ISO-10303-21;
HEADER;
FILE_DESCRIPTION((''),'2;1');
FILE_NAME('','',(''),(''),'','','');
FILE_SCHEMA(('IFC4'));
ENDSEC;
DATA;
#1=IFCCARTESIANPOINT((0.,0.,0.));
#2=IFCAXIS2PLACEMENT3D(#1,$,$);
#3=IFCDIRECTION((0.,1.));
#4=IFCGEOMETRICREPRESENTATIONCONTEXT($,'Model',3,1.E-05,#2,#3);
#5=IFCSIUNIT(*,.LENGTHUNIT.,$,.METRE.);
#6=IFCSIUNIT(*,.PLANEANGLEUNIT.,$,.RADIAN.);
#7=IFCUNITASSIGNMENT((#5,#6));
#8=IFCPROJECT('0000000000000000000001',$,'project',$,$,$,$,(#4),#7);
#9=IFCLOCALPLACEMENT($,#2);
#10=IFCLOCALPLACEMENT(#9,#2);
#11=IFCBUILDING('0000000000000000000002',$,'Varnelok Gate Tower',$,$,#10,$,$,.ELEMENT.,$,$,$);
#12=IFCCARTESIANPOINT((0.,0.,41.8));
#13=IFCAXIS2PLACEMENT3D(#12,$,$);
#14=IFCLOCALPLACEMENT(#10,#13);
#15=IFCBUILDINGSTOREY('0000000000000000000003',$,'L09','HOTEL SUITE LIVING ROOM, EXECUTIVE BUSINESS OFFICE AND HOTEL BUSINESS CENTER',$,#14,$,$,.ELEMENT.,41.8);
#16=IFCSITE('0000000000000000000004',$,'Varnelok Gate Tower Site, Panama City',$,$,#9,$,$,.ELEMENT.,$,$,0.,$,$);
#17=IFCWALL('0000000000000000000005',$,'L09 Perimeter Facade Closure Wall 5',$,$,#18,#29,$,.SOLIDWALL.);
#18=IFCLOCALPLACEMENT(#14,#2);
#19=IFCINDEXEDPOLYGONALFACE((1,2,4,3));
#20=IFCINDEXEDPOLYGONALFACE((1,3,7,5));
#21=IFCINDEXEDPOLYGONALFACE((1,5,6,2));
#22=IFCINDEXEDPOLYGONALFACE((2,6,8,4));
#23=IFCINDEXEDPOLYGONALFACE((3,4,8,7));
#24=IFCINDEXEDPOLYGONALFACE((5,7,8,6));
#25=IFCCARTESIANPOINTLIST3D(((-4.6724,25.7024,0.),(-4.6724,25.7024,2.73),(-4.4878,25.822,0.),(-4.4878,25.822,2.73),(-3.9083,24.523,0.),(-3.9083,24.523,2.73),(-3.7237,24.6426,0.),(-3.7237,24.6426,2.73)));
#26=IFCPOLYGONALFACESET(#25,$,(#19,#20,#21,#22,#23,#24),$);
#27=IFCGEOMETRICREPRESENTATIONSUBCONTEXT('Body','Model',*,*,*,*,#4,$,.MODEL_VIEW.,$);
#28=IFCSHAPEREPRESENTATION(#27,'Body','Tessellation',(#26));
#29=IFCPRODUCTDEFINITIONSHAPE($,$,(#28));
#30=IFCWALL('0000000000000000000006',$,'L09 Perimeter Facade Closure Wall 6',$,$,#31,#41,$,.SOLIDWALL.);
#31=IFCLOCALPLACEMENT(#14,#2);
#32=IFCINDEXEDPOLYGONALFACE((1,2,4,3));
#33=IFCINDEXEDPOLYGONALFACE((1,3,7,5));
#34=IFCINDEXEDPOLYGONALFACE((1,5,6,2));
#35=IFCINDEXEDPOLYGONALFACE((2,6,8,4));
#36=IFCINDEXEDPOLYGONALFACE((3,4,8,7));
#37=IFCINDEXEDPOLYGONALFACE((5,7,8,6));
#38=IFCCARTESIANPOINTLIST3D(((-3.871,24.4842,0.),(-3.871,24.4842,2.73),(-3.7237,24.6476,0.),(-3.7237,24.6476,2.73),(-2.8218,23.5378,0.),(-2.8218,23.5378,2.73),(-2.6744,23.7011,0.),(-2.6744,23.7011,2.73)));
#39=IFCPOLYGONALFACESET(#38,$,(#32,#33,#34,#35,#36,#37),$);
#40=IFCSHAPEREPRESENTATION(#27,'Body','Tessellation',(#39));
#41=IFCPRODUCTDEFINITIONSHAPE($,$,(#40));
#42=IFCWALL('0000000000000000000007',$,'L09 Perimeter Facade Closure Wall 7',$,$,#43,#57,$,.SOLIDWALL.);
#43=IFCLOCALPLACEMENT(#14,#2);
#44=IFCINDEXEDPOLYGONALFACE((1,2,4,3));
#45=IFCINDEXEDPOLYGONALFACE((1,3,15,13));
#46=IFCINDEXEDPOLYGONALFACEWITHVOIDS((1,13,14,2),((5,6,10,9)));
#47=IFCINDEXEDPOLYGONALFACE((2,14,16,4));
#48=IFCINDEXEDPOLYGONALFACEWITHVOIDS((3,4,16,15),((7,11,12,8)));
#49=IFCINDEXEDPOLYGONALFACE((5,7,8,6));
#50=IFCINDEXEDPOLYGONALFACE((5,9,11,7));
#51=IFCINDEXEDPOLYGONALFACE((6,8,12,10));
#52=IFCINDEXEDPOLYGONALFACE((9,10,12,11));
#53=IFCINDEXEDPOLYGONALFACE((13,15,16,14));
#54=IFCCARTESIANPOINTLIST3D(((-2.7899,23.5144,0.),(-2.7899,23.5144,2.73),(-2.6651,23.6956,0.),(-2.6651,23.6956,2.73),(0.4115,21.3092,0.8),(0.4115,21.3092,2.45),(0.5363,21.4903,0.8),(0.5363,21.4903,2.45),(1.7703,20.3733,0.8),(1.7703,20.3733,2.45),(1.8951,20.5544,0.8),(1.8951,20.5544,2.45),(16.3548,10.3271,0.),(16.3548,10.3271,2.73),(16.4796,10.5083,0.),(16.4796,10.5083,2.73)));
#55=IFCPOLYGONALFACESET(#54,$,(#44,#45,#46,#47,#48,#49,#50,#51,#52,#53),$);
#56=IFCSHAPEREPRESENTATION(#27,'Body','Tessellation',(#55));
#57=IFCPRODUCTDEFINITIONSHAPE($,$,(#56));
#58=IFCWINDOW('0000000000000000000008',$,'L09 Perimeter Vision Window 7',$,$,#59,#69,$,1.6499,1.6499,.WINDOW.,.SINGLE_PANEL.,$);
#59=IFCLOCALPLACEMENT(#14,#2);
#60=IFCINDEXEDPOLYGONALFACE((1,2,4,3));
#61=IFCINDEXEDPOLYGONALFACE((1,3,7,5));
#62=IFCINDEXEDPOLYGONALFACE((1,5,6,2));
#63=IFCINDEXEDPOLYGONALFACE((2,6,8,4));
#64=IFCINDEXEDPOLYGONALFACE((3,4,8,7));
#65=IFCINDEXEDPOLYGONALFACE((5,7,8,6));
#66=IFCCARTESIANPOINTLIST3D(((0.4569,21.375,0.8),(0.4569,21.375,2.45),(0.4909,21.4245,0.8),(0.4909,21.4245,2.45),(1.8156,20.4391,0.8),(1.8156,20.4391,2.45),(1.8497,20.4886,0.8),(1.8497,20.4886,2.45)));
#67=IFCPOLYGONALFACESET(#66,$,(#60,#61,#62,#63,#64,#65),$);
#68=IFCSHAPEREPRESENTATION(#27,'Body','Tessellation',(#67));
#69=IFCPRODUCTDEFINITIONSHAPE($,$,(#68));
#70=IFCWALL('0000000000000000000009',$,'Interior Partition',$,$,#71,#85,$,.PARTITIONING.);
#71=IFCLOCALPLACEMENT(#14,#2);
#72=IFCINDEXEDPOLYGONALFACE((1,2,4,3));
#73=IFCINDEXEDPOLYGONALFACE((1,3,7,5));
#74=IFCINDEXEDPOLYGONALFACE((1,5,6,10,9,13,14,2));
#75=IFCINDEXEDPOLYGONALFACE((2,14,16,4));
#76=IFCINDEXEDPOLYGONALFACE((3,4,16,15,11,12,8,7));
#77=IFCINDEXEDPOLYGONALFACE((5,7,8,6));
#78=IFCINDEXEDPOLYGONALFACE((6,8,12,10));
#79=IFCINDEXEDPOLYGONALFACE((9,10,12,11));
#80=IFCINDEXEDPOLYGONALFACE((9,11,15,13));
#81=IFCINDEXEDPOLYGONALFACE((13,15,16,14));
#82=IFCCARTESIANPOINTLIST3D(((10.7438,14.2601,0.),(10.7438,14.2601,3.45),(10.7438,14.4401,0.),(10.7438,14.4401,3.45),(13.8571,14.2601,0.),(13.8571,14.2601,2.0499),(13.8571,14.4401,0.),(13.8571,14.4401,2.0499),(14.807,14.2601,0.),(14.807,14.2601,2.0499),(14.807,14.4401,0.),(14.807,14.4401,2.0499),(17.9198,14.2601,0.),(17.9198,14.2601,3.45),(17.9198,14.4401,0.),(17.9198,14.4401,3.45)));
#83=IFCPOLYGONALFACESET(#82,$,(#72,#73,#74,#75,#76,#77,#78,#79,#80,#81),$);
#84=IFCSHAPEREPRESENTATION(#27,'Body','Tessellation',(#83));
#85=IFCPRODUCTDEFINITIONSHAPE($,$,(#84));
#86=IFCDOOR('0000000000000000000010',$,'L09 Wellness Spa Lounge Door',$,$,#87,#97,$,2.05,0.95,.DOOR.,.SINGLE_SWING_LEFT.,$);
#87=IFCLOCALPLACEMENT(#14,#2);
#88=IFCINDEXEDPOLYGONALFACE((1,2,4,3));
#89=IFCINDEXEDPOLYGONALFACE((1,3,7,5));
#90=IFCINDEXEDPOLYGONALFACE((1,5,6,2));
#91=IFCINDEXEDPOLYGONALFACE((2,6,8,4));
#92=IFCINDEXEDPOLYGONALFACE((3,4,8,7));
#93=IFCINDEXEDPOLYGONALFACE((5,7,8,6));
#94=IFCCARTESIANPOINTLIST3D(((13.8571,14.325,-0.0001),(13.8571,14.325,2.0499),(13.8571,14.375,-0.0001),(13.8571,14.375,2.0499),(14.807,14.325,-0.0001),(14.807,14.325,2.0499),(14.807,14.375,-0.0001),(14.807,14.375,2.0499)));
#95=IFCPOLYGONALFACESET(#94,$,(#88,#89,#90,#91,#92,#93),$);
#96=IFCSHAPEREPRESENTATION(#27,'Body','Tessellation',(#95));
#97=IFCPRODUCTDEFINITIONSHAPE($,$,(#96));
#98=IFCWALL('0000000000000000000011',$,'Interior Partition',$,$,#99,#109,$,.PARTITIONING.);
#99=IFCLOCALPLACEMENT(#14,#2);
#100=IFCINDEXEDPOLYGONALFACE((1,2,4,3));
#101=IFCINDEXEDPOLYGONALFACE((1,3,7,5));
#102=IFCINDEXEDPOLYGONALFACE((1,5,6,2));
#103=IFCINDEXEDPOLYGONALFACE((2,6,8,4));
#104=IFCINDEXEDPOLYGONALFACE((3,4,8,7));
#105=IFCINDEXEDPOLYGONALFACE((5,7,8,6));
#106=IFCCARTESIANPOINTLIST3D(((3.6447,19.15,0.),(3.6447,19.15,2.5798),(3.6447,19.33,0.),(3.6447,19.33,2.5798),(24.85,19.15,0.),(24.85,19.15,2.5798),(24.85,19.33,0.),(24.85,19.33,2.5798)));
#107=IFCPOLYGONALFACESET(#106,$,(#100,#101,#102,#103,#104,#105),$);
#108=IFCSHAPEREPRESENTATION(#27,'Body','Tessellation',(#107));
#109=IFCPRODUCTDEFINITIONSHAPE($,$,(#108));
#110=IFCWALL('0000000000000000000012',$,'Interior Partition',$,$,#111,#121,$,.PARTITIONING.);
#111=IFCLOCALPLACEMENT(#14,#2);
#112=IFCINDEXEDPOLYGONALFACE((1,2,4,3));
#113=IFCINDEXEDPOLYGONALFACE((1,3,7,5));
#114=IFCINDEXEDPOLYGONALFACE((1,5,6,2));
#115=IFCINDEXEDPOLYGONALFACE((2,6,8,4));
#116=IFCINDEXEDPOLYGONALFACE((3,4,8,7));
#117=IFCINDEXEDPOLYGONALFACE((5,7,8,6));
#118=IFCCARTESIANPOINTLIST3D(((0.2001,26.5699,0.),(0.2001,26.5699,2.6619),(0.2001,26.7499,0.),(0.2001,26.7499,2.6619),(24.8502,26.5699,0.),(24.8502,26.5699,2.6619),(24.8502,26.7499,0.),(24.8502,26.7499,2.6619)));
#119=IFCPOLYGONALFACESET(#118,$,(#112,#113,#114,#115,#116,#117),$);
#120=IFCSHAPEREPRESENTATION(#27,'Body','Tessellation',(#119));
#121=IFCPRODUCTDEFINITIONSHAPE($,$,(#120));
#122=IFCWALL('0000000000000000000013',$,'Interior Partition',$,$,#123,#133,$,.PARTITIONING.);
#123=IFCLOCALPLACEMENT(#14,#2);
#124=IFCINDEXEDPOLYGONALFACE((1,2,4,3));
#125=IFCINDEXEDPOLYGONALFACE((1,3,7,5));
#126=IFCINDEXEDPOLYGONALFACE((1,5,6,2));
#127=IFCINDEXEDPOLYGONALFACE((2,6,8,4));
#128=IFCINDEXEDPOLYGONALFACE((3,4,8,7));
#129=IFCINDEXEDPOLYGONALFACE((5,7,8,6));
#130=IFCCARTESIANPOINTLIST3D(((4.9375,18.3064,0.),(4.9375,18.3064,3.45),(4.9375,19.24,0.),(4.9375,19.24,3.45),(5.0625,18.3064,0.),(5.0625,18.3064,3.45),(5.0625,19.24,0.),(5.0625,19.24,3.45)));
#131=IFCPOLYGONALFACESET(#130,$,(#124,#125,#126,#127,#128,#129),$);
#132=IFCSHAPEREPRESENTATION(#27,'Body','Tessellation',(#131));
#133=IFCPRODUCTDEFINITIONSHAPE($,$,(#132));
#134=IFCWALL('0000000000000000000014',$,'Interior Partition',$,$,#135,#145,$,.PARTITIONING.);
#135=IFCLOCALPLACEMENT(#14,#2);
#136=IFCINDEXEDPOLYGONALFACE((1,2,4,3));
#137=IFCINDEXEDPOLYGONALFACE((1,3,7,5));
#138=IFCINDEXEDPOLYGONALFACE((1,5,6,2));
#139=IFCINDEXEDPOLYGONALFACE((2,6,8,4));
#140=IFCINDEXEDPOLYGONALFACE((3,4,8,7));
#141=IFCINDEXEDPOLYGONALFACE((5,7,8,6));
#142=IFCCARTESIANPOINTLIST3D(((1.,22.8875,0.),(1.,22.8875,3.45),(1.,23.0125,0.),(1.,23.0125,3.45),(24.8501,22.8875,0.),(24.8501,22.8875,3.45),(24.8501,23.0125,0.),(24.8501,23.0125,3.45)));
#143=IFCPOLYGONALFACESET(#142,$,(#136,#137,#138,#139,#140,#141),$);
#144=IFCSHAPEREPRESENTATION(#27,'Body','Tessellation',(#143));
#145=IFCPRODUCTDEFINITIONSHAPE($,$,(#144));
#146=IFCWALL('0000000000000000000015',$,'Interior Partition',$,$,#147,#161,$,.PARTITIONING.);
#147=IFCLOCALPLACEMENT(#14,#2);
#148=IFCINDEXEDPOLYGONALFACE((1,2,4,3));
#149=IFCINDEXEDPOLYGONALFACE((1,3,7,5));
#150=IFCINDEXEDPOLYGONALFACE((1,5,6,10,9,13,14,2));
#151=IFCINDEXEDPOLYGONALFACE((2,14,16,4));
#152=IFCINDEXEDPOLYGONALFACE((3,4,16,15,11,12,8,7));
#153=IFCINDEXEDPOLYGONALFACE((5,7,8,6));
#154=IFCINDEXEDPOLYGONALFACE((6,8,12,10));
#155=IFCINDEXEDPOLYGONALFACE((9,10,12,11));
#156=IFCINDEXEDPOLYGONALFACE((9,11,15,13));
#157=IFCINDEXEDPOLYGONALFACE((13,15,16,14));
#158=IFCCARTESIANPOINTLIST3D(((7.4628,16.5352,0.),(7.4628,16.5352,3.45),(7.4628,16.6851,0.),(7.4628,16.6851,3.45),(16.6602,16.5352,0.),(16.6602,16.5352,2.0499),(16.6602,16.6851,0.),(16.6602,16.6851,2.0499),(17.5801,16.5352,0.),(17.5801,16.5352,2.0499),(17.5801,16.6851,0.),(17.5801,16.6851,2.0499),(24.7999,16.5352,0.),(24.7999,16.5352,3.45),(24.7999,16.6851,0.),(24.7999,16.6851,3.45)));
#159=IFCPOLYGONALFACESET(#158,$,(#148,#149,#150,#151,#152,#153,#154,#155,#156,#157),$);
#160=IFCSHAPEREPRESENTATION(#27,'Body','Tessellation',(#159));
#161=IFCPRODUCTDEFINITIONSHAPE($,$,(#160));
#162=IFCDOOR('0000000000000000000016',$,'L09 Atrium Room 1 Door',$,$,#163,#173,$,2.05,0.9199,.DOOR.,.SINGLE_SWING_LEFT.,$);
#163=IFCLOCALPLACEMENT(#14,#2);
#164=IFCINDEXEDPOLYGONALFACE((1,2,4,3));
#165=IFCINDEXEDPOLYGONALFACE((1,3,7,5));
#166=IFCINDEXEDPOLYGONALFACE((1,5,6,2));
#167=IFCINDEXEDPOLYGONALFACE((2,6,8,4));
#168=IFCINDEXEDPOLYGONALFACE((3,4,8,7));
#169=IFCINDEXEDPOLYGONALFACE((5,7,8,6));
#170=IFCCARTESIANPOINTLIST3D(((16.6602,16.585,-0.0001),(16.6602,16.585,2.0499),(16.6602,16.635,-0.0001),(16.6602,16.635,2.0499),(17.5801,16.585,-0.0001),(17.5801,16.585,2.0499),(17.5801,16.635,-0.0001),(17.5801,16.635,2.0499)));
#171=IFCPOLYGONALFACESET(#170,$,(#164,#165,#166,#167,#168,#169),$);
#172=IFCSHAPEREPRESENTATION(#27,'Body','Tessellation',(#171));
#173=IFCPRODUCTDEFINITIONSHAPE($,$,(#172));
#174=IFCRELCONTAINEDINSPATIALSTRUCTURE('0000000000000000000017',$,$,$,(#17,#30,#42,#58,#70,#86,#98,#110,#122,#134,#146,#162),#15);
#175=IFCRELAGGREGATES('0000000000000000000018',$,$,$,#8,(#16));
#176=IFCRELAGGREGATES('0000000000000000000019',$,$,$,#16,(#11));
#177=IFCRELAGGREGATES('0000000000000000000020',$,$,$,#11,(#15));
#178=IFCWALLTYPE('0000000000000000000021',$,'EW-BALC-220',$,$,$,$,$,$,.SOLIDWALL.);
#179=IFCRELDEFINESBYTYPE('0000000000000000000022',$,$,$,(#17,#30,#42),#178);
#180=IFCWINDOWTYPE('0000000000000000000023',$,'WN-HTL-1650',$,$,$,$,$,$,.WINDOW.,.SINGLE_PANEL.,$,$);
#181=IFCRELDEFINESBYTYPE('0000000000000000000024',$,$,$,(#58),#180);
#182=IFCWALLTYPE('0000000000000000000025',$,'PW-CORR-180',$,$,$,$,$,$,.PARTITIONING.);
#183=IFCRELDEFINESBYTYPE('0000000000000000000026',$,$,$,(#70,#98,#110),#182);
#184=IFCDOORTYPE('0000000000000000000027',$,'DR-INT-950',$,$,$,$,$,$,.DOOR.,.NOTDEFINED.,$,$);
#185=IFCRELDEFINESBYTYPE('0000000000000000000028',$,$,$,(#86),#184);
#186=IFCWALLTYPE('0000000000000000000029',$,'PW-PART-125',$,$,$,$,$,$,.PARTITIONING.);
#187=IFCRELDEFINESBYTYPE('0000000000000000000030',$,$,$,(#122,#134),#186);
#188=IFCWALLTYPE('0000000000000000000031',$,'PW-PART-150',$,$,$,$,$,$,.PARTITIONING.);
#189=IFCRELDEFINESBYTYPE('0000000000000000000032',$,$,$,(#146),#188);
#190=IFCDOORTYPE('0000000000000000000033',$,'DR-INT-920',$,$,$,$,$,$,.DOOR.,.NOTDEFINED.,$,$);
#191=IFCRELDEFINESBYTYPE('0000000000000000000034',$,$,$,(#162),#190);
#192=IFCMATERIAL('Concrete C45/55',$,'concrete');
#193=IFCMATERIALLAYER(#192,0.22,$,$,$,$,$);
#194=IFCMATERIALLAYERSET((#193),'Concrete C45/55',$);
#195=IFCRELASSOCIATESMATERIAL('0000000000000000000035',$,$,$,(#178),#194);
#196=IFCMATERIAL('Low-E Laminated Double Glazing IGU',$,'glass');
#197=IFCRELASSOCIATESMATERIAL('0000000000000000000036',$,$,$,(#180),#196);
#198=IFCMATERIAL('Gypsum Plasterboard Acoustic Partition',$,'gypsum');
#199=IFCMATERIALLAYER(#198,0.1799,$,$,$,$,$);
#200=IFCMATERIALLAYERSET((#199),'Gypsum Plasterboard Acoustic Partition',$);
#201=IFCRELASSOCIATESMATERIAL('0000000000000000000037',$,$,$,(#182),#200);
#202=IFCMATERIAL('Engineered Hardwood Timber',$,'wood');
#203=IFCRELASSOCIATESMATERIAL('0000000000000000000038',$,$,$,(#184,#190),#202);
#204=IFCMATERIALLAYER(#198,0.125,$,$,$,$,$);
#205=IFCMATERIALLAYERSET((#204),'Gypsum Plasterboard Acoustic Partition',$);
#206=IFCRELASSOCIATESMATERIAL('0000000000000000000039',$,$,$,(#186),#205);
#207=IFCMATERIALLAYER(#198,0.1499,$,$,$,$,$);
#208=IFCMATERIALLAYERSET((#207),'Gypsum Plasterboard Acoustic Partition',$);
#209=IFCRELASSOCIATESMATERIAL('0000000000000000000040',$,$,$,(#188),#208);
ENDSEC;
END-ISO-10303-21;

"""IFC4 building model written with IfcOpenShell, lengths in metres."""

from ifc_helpers import new_model, si_unit, direction, frame, frame_2d, origin, place, context, subcontext, project, spatial, rectangle, extrude, material, layer, layer_set, type_object, element, fill, save


model = new_model("IFC4")

# Units and contexts
model_context = context("Model", 3, precision=1e-05, world=origin(), true_north=direction((0.0, 1.0)))
body_context = subcontext(model_context, "Body", "Model", "MODEL_VIEW")
ifc_project = project(units=[si_unit("LENGTHUNIT", "METRE"), si_unit("PLANEANGLEUNIT", "RADIAN")], contexts=[model_context])

# Site, building, storey
site_placement = place(None, origin())
site = spatial("IfcSite", under=ifc_project, at=site_placement, Name="Varnelok Gate Tower Site, Panama City", CompositionType="ELEMENT", RefElevation=0.0)
building_placement = place(site_placement, origin())
building = spatial("IfcBuilding", under=site, at=building_placement, Name="Varnelok Gate Tower", CompositionType="ELEMENT")
storey_placement = place(building_placement, frame((0.0, 0.0, 41.8)))
storey = spatial("IfcBuildingStorey", under=building, at=storey_placement, Name="L09", Description="HOTEL SUITE LIVING ROOM, EXECUTIVE BUSINESS OFFICE AND HOTEL BUSINESS CENTER", CompositionType="ELEMENT", Elevation=41.8)

# Shared definitions
ifc_material_1 = material(Name="Concrete C45/55", Category="concrete")

# Walls
ifc_layer_1 = layer(ifc_material_1, 0.22)
ifc_layer_set_1 = layer_set([ifc_layer_1], Name="Concrete C45/55")
wall_type_1 = type_object("IfcWallType", Name="EW-BALC-220", PredefinedType="SOLIDWALL", material=ifc_layer_set_1)
for number, where, z_axis, x_axis, name in (
    (1, (-4.5801, 25.7622, 0.0), (0.0, 0.0, 1.0), (0.543748, -0.839248, 0.0), "L09 Perimeter Facade Closure Wall 5"),
):
    element("IfcWall", number, at=place(storey_placement, frame(where, z_axis=z_axis, x_axis=x_axis)), inside=storey, type_object=wall_type_1, Name=name, PredefinedType="SOLIDWALL", context=body_context, shape_type="SweptSolid", body=[
        extrude(rectangle(XDim=1.4053, YDim=0.22, at=frame_2d((0.7026, 0.0))), origin(), (0.0, 0.0, 1.0), 2.73),
    ])
wall_1_placement = place(storey_placement, frame((-3.7974, 24.5659, 0.0), z_axis=(0.0, 0.0, 1.0), x_axis=(0.742538, -0.669804, 0.0)))
element("IfcWall", 2, at=wall_1_placement, inside=storey, type_object=wall_type_1, Name="L09 Perimeter Facade Closure Wall 6", PredefinedType="SOLIDWALL", context=body_context, shape_type="SweptSolid", body=[
    extrude(rectangle(XDim=1.4131, YDim=0.22, at=frame_2d((0.7065, 0.0))), origin(), (0.0, 0.0, 1.0), 2.73),
])

# Wall, opening, window
wall_2_placement = place(storey_placement, frame((-2.7275, 23.605, 0.0), z_axis=(0.0, 0.0, 1.0), x_axis=(0.823535, -0.567265, 0.0)))
wall_2 = element("IfcWall", 3, at=wall_2_placement, inside=storey, type_object=wall_type_1, Name="L09 Perimeter Facade Closure Wall 7", PredefinedType="SOLIDWALL", context=body_context, shape_type="SweptSolid", body=[
    extrude(rectangle(XDim=23.2471, YDim=0.22, at=frame_2d((11.6235, 0.0))), origin(), (0.0, 0.0, 1.0), 2.73),
])
opening_1_placement = place(wall_2_placement, frame((3.8875, 0.0, 0.8)))
opening_1 = element("IfcOpeningElement", 4, at=opening_1_placement, cuts=wall_2, PredefinedType="OPENING", context=body_context, shape_type="SweptSolid", body=[
    extrude(rectangle(XDim=1.6499, YDim=1.6499, at=frame_2d((0.825, 0.825))), frame((0.0, 0.1199, 0.0), z_axis=(0.0, -1.0, 0.0), x_axis=(1.0, 0.0, 0.0)), (0.0, 0.0, 1.0), 0.24),
])
ifc_material_2 = material(Name="Low-E Laminated Double Glazing IGU", Category="glass")
window_type = type_object("IfcWindowType", Name="WN-HTL-1650", PartitioningType="SINGLE_PANEL", PredefinedType="WINDOW", material=ifc_material_2)
window_placement = place(opening_1_placement, origin())
window = element("IfcWindow", 5, at=window_placement, inside=storey, type_object=window_type, Name="L09 Perimeter Vision Window 7", OverallHeight=1.6499, OverallWidth=1.6499, PartitioningType="SINGLE_PANEL", PredefinedType="WINDOW", context=body_context, shape_type="SweptSolid", body=[
    extrude(rectangle(XDim=1.6499, YDim=1.6499, at=frame_2d((0.825, 0.825))), frame((0.0, 0.03, 0.0), z_axis=(0.0, -1.0, 0.0), x_axis=(1.0, 0.0, 0.0)), (0.0, 0.0, 1.0), 0.0601),
])
fill(opening_1, window)

# Wall, opening, door
ifc_material_3 = material(Name="Gypsum Plasterboard Acoustic Partition", Category="gypsum")
ifc_layer_2 = layer(ifc_material_3, 0.1799)
ifc_layer_set_2 = layer_set([ifc_layer_2], Name="Gypsum Plasterboard Acoustic Partition")
wall_type_2 = type_object("IfcWallType", Name="PW-CORR-180", PredefinedType="PARTITIONING", material=ifc_layer_set_2)
wall_3_placement = place(storey_placement, frame((10.7439, 14.3501, 0.0), z_axis=(0.0, 0.0, 1.0), x_axis=(1.0, 0.0, 0.0)))
wall_3 = element("IfcWall", 6, at=wall_3_placement, inside=storey, type_object=wall_type_2, Name="Interior Partition", PredefinedType="PARTITIONING", context=body_context, shape_type="SweptSolid", body=[
    extrude(rectangle(XDim=7.176, YDim=0.1799, at=frame_2d((3.5879, 0.0))), origin(), (0.0, 0.0, 1.0), 3.45),
])
opening_2_placement = place(wall_3_placement, frame((3.113, 0.0, 0.0)))
opening_2 = element("IfcOpeningElement", 7, at=opening_2_placement, cuts=wall_3, PredefinedType="OPENING", context=body_context, shape_type="SweptSolid", body=[
    extrude(rectangle(XDim=0.95, YDim=2.05, at=frame_2d((0.4751, 1.0249))), frame((0.0, 0.0999, 0.0), z_axis=(0.0, -1.0, 0.0), x_axis=(1.0, 0.0, 0.0)), (0.0, 0.0, 1.0), 0.2),
])
ifc_material_4 = material(Name="Engineered Hardwood Timber", Category="wood")
door_type_1 = type_object("IfcDoorType", Name="DR-INT-950", OperationType="NOTDEFINED", PredefinedType="DOOR", material=ifc_material_4)
door_1_placement = place(opening_2_placement, origin())
door_1 = element("IfcDoor", 8, at=door_1_placement, inside=storey, type_object=door_type_1, Name="L09 Wellness Spa Lounge Door", OperationType="SINGLE_SWING_LEFT", OverallHeight=2.05, OverallWidth=0.95, PredefinedType="DOOR", context=body_context, shape_type="SweptSolid", body=[
    extrude(rectangle(XDim=0.95, YDim=2.05, at=frame_2d((0.4751, 1.0249))), frame((0.0, 0.0249, 0.0), z_axis=(0.0, -1.0, 0.0), x_axis=(1.0, 0.0, 0.0)), (0.0, 0.0, 1.0), 0.05),
])
fill(opening_2, door_1)

# Walls
wall_4_placement = place(storey_placement, frame((3.6448, 19.24, 0.0), z_axis=(0.0, 0.0, 1.0), x_axis=(1.0, 0.0, 0.0)))
element("IfcWall", 9, at=wall_4_placement, inside=storey, type_object=wall_type_2, Name="Interior Partition", PredefinedType="PARTITIONING", context=body_context, shape_type="SweptSolid", body=[
    extrude(rectangle(XDim=21.2053, YDim=0.1799, at=frame_2d((10.6025, 0.0))), origin(), (0.0, 0.0, 1.0), 2.5798),
])
wall_5_placement = place(storey_placement, frame((0.2, 26.6599, 0.0), z_axis=(0.0, 0.0, 1.0), x_axis=(1.0, 0.0, 0.0)))
element("IfcWall", 10, at=wall_5_placement, inside=storey, type_object=wall_type_2, Name="Interior Partition", PredefinedType="PARTITIONING", context=body_context, shape_type="SweptSolid", body=[
    extrude(rectangle(XDim=24.6501, YDim=0.1799, at=frame_2d((12.3252, 0.0))), origin(), (0.0, 0.0, 1.0), 2.6619),
])
ifc_layer_3 = layer(ifc_material_3, 0.125)
ifc_layer_set_3 = layer_set([ifc_layer_3], Name="Gypsum Plasterboard Acoustic Partition")
wall_type_3 = type_object("IfcWallType", Name="PW-PART-125", PredefinedType="PARTITIONING", material=ifc_layer_set_3)
wall_6_placement = place(storey_placement, frame((5.0, 18.3064, 0.0), z_axis=(0.0, 0.0, 1.0), x_axis=(0.0, 1.0, 0.0)))
element("IfcWall", 11, at=wall_6_placement, inside=storey, type_object=wall_type_3, Name="Interior Partition", PredefinedType="PARTITIONING", context=body_context, shape_type="SweptSolid", body=[
    extrude(rectangle(XDim=0.9336, YDim=0.125, at=frame_2d((0.4668, 0.0))), origin(), (0.0, 0.0, 1.0), 3.45),
])
wall_7_placement = place(storey_placement, frame((1.0, 22.95, 0.0), z_axis=(0.0, 0.0, 1.0), x_axis=(1.0, 0.0, 0.0)))
element("IfcWall", 12, at=wall_7_placement, inside=storey, type_object=wall_type_3, Name="Interior Partition", PredefinedType="PARTITIONING", context=body_context, shape_type="SweptSolid", body=[
    extrude(rectangle(XDim=23.8501, YDim=0.125, at=frame_2d((11.925, 0.0))), origin(), (0.0, 0.0, 1.0), 3.45),
])

# Wall, opening, door
ifc_layer_4 = layer(ifc_material_3, 0.1499)
ifc_layer_set_4 = layer_set([ifc_layer_4], Name="Gypsum Plasterboard Acoustic Partition")
wall_type_4 = type_object("IfcWallType", Name="PW-PART-150", PredefinedType="PARTITIONING", material=ifc_layer_set_4)
wall_8_placement = place(storey_placement, frame((7.4629, 16.6101, 0.0), z_axis=(0.0, 0.0, 1.0), x_axis=(1.0, 0.0, 0.0)))
wall_8 = element("IfcWall", 13, at=wall_8_placement, inside=storey, type_object=wall_type_4, Name="Interior Partition", PredefinedType="PARTITIONING", context=body_context, shape_type="SweptSolid", body=[
    extrude(rectangle(XDim=17.3372, YDim=0.1499, at=frame_2d((8.6685, 0.0))), origin(), (0.0, 0.0, 1.0), 3.45),
])
opening_3_placement = place(wall_8_placement, frame((9.1973, 0.0, 0.0)))
opening_3 = element("IfcOpeningElement", 14, at=opening_3_placement, cuts=wall_8, PredefinedType="OPENING", context=body_context, shape_type="SweptSolid", body=[
    extrude(rectangle(XDim=0.9199, YDim=2.05, at=frame_2d((0.46, 1.0249))), frame((0.0, 0.085, 0.0), z_axis=(0.0, -1.0, 0.0), x_axis=(1.0, 0.0, 0.0)), (0.0, 0.0, 1.0), 0.1699),
])
door_type_2 = type_object("IfcDoorType", Name="DR-INT-920", OperationType="NOTDEFINED", PredefinedType="DOOR", material=ifc_material_4)
door_2_placement = place(opening_3_placement, origin())
door_2 = element("IfcDoor", 15, at=door_2_placement, inside=storey, type_object=door_type_2, Name="L09 Atrium Room 1 Door", OperationType="SINGLE_SWING_LEFT", OverallHeight=2.05, OverallWidth=0.9199, PredefinedType="DOOR", context=body_context, shape_type="SweptSolid", body=[
    extrude(rectangle(XDim=0.9199, YDim=2.05, at=frame_2d((0.46, 1.0249))), frame((0.0, 0.0249, 0.0), z_axis=(0.0, -1.0, 0.0), x_axis=(1.0, 0.0, 0.0)), (0.0, 0.0, 1.0), 0.05),
])
fill(opening_3, door_2)

save(model, "model.ifc")
